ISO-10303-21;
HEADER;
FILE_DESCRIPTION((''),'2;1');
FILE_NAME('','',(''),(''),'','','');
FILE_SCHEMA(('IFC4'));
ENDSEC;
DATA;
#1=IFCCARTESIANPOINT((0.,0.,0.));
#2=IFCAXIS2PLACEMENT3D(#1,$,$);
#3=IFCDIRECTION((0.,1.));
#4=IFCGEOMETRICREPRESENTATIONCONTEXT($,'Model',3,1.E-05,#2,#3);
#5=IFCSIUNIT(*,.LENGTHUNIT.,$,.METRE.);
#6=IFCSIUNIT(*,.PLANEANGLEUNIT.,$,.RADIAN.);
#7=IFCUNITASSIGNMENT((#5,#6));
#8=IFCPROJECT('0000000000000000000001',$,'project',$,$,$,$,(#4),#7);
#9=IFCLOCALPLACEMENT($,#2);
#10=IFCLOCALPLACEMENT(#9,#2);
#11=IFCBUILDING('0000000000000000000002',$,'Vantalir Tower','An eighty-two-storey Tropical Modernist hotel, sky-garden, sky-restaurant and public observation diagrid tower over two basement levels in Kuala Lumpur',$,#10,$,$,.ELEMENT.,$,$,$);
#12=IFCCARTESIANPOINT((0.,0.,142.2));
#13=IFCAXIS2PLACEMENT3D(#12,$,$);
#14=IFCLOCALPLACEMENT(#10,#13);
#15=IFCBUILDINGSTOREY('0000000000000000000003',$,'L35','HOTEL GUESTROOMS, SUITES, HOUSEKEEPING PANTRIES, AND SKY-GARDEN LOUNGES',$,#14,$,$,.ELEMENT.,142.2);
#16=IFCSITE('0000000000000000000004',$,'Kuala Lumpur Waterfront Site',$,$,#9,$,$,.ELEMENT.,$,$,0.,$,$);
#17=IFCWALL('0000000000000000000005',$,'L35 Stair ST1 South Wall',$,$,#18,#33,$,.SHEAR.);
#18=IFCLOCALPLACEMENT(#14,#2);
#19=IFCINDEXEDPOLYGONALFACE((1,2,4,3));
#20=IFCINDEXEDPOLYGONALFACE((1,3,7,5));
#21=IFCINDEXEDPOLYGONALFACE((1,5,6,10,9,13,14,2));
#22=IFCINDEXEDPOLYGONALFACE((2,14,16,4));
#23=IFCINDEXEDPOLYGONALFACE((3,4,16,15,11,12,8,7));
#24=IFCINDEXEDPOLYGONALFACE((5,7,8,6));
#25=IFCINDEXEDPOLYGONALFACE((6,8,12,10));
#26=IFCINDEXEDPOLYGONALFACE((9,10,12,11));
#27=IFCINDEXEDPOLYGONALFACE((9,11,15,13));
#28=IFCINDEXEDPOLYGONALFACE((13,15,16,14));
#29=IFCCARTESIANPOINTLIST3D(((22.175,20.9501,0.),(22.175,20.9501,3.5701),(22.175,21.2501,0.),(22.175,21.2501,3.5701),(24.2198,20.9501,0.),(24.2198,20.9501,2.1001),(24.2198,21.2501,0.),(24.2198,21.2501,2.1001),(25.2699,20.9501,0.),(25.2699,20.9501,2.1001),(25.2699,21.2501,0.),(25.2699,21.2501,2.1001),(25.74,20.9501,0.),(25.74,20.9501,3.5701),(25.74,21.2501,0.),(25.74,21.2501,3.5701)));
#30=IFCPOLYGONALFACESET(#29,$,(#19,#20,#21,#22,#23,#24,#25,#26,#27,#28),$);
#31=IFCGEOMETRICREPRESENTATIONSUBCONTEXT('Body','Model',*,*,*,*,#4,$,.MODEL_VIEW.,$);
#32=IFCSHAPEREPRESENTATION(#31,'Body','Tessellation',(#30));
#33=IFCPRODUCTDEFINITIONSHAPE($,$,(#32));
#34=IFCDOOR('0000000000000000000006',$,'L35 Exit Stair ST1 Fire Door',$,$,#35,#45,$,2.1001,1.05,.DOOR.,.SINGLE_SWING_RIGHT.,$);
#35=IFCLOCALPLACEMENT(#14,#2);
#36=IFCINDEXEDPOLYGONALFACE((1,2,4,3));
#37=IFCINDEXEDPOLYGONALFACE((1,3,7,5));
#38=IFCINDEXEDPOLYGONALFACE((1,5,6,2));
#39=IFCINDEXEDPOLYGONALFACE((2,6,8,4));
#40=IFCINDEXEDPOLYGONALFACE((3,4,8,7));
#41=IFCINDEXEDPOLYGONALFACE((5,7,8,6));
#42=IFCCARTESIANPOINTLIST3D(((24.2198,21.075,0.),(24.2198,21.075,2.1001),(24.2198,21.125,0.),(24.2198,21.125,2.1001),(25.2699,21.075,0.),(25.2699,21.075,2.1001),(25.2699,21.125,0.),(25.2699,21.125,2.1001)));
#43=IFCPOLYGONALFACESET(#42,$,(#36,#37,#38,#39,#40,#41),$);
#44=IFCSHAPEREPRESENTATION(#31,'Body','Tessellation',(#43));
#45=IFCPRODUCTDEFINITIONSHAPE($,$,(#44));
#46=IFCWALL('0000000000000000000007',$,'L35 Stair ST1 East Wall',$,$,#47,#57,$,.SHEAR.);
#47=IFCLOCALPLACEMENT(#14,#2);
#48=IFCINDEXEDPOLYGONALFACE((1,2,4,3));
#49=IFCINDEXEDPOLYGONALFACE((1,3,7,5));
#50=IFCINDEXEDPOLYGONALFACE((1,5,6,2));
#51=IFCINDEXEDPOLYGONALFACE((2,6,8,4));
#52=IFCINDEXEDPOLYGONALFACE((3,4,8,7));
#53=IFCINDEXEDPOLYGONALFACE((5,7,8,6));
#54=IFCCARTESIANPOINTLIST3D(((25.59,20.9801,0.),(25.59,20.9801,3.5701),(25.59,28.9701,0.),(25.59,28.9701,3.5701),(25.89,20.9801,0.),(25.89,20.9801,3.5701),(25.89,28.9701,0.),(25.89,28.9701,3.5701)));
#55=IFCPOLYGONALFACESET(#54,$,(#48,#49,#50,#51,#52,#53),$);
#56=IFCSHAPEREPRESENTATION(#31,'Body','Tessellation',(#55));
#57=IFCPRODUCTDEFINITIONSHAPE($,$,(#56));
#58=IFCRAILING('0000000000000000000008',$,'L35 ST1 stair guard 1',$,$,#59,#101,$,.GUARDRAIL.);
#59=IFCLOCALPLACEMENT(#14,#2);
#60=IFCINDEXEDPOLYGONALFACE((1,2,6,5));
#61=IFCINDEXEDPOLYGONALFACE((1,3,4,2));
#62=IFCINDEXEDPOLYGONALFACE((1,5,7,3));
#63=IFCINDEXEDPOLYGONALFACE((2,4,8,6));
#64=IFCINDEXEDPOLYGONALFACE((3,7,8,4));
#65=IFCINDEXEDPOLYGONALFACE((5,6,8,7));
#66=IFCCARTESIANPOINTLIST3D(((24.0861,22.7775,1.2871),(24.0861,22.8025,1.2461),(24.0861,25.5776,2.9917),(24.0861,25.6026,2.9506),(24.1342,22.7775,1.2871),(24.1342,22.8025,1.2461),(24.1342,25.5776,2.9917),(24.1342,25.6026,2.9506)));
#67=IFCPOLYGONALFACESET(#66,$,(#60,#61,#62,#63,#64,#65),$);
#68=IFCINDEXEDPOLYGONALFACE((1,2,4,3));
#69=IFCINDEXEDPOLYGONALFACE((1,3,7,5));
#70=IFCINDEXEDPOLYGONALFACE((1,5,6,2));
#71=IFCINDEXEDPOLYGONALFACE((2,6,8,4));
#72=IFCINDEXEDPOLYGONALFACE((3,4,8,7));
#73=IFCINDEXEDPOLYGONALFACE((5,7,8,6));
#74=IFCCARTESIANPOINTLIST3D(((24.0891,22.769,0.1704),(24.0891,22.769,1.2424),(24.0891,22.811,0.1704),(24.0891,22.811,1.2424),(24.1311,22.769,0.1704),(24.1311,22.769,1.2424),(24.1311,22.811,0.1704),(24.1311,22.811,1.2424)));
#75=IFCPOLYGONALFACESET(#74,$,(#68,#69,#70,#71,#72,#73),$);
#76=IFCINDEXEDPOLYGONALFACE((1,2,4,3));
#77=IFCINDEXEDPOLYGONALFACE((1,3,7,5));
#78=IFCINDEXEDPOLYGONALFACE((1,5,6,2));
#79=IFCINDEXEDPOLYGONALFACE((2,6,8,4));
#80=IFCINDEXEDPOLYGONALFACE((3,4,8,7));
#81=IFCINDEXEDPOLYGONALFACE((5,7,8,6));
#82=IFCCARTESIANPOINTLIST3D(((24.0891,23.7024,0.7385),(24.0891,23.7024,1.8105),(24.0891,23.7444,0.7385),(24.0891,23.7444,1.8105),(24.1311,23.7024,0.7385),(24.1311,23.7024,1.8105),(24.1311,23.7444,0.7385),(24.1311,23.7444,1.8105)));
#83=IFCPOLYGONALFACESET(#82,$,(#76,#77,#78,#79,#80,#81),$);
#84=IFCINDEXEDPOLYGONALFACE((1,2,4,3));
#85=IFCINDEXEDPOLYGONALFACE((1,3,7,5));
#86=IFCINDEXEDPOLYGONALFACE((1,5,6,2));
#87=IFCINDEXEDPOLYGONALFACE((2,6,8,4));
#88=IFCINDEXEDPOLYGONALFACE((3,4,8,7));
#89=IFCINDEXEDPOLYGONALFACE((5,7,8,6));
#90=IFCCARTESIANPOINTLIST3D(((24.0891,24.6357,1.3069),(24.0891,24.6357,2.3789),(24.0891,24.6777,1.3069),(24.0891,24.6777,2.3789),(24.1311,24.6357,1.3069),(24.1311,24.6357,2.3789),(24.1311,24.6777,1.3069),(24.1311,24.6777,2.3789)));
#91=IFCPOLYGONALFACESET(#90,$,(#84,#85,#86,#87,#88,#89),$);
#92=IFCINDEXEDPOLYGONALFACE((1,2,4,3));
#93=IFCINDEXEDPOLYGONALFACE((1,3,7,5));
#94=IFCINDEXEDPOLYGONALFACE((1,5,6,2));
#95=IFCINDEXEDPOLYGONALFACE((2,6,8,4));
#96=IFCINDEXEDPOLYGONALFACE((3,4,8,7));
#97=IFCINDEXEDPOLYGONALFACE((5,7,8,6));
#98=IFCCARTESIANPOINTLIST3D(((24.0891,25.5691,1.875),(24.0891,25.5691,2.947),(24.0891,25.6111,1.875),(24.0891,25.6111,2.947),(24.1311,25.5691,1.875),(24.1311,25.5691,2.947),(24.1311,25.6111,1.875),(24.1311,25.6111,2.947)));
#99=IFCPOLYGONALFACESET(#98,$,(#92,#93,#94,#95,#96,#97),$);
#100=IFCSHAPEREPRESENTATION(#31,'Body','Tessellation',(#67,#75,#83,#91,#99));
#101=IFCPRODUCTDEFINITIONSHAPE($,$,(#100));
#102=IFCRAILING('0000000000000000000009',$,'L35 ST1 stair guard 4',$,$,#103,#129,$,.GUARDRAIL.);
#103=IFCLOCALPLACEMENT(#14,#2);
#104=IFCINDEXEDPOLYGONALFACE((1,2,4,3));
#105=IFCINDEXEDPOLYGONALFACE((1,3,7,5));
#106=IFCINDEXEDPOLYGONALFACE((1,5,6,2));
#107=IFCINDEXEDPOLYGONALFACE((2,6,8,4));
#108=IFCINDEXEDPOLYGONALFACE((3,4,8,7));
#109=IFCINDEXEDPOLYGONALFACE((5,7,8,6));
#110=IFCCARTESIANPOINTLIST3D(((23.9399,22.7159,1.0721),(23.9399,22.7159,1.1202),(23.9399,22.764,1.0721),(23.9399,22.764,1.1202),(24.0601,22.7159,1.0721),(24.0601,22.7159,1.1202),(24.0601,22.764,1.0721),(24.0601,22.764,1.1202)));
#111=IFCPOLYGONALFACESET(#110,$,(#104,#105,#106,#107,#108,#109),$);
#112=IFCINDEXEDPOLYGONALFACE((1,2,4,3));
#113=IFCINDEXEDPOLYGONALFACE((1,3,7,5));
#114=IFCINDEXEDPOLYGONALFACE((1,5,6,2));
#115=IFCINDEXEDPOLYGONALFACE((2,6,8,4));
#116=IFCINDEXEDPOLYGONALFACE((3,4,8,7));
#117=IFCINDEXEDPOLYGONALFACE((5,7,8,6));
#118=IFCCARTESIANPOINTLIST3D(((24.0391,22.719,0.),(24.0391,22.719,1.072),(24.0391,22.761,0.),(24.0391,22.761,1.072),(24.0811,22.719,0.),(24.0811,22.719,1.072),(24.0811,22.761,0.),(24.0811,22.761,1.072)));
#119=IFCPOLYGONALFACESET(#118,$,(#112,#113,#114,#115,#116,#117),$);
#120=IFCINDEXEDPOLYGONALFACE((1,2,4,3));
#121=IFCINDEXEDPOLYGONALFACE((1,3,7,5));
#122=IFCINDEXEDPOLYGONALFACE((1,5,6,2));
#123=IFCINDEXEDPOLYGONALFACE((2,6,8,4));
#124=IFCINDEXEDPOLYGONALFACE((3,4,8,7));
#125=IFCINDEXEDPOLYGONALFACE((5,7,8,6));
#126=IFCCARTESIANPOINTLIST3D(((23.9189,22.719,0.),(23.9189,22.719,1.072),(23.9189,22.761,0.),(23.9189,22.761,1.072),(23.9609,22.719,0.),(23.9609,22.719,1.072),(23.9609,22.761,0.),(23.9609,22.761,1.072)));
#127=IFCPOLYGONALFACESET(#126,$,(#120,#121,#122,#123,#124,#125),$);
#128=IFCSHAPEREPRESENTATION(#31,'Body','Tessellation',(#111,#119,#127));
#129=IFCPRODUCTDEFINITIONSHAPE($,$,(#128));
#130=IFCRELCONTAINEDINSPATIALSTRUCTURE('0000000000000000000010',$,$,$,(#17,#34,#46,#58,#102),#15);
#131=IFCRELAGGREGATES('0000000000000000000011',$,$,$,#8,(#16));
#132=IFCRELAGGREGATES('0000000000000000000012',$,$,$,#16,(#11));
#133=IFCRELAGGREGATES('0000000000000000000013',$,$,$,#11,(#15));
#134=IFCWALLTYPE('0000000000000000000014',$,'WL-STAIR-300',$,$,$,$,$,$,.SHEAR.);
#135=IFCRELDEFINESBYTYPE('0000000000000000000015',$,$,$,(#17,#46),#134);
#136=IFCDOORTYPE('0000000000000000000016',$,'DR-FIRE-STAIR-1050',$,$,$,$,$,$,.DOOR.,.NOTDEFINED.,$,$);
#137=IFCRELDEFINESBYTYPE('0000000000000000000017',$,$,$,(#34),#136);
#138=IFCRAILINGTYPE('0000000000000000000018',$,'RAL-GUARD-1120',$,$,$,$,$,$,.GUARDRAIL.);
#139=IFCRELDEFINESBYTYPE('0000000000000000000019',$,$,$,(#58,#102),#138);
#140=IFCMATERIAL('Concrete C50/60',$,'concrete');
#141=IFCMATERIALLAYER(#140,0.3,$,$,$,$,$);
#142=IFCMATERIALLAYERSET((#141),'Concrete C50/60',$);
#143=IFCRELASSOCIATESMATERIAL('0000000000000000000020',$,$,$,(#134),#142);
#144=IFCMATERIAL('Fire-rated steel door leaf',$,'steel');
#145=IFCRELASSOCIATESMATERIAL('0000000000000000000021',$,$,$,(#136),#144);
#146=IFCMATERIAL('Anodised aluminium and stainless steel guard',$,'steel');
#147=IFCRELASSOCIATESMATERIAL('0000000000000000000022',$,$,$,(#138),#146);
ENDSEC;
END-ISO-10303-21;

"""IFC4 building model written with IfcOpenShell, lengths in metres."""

from ifc_helpers import new_model, si_unit, direction, frame, frame_2d, origin, origin_2d, place, context, subcontext, project, spatial, rectangle, extrude, material, layer, layer_set, type_object, element, fill, save


model = new_model("IFC4")

# Units and contexts
model_context = context("Model", 3, precision=1e-05, world=origin(), true_north=direction((0.0, 1.0)))
body_context = subcontext(model_context, "Body", "Model", "MODEL_VIEW")
ifc_project = project(units=[si_unit("LENGTHUNIT", "METRE"), si_unit("PLANEANGLEUNIT", "RADIAN")], contexts=[model_context])

# Site, building, storey
site_placement = place(None, origin())
site = spatial("IfcSite", under=ifc_project, at=site_placement, Name="Kuala Lumpur Waterfront Site", CompositionType="ELEMENT", RefElevation=0.0)
building_placement = place(site_placement, origin())
building = spatial("IfcBuilding", under=site, at=building_placement, Name="Vantalir Tower", Description="An eighty-two-storey Tropical Modernist hotel, sky-garden, sky-restaurant and public observation diagrid tower over two basement levels in Kuala Lumpur", CompositionType="ELEMENT")
storey_placement = place(building_placement, frame((0.0, 0.0, 142.2)))
storey = spatial("IfcBuildingStorey", under=building, at=storey_placement, Name="L35", Description="HOTEL GUESTROOMS, SUITES, HOUSEKEEPING PANTRIES, AND SKY-GARDEN LOUNGES", CompositionType="ELEMENT", Elevation=142.2)

# Wall, opening, door
ifc_material_1 = material(Name="Concrete C50/60", Category="concrete")
ifc_layer_1 = layer(ifc_material_1, 0.3)
ifc_layer_set_1 = layer_set([ifc_layer_1], Name="Concrete C50/60")
wall_type_1 = type_object("IfcWallType", Name="WL-STAIR-300", PredefinedType="SHEAR", material=ifc_layer_set_1)
wall_1_placement = place(storey_placement, frame((22.175, 21.1001, 0.0), z_axis=(0.0, 0.0, 1.0), x_axis=(1.0, 0.0, 0.0)))
wall_1 = element("IfcWall", 1, at=wall_1_placement, inside=storey, type_object=wall_type_1, Name="L35 Stair ST1 South Wall", PredefinedType="SHEAR", context=body_context, shape_type="SweptSolid", body=[
    extrude(rectangle(XDim=3.5649, YDim=0.3, at=frame_2d((1.7825, 0.0))), origin(), (0.0, 0.0, 1.0), 3.5701),
])
opening_1_placement = place(wall_1_placement, frame((2.0449, 0.0, 0.0)))
opening_1 = element("IfcOpeningElement", 2, at=opening_1_placement, cuts=wall_1, PredefinedType="OPENING", context=body_context, shape_type="SweptSolid", body=[
    extrude(rectangle(XDim=1.05, YDim=2.1001, at=frame_2d((0.5249, 1.05))), frame((0.0, 0.1599, 0.0), z_axis=(0.0, -1.0, 0.0), x_axis=(1.0, 0.0, 0.0)), (0.0, 0.0, 1.0), 0.3201),
])
ifc_material_2 = material(Name="Fire-rated steel door leaf", Category="steel")
door_type_1 = type_object("IfcDoorType", Name="DR-FIRE-STAIR-1050", OperationType="NOTDEFINED", PredefinedType="DOOR", material=ifc_material_2)
door_1_placement = place(opening_1_placement, origin())
door_1 = element("IfcDoor", 3, at=door_1_placement, inside=storey, type_object=door_type_1, Name="L35 Exit Stair ST1 Fire Door", OperationType="SINGLE_SWING_RIGHT", OverallHeight=2.1001, OverallWidth=1.05, PredefinedType="DOOR", context=body_context, shape_type="SweptSolid", body=[
    extrude(rectangle(XDim=1.05, YDim=2.1001, at=frame_2d((0.5249, 1.05))), frame((0.0, 0.0249, 0.0), z_axis=(0.0, -1.0, 0.0), x_axis=(1.0, 0.0, 0.0)), (0.0, 0.0, 1.0), 0.05),
])
fill(opening_1, door_1)

# Wall
wall_2_placement = place(storey_placement, frame((25.74, 20.98, 0.0), z_axis=(0.0, 0.0, 1.0), x_axis=(0.0, 1.0, 0.0)))
element("IfcWall", 4, at=wall_2_placement, inside=storey, type_object=wall_type_1, Name="L35 Stair ST1 East Wall", PredefinedType="SHEAR", context=body_context, shape_type="SweptSolid", body=[
    extrude(rectangle(XDim=7.99, YDim=0.3, at=frame_2d((3.9951, 0.0))), origin(), (0.0, 0.0, 1.0), 3.5701),
])

# Railings
ifc_material_3 = material(Name="Anodised aluminium and stainless steel guard", Category="steel")
railing_type = type_object("IfcRailingType", Name="RAL-GUARD-1120", PredefinedType="GUARDRAIL", material=ifc_material_3)
railing_1_placement = place(storey_placement, frame((24.1101, 22.79, 0.1704)))
element("IfcRailing", 5, at=railing_1_placement, inside=storey, type_object=railing_type, Name="L35 ST1 stair guard 1", PredefinedType="GUARDRAIL", context=body_context, shape_type="SweptSolid", body=[
    extrude(rectangle(XDim=0.0481, YDim=0.0481, at=origin_2d()), frame((0.0, 0.0, 1.0962), z_axis=(0.0, 0.85417, 0.519994), x_axis=(-1.0, 0.0, 0.0)), (0.0, 0.0, 1.0), 3.2781),
    extrude(rectangle(XDim=0.042, YDim=0.042, at=origin_2d()), origin(), (0.0, 0.0, 1.0), 1.072),
    extrude(rectangle(XDim=0.042, YDim=0.042, at=origin_2d()), frame((0.0, 0.9333, 0.5681)), (0.0, 0.0, 1.0), 1.072),
    extrude(rectangle(XDim=0.042, YDim=0.042, at=origin_2d()), frame((0.0, 1.8667, 1.1365)), (0.0, 0.0, 1.0), 1.072),
    extrude(rectangle(XDim=0.042, YDim=0.042, at=origin_2d()), frame((0.0, 2.8, 1.7046)), (0.0, 0.0, 1.0), 1.072),
])
railing_2_placement = place(storey_placement, frame((24.0601, 22.74, 0.0)))
element("IfcRailing", 6, at=railing_2_placement, inside=storey, type_object=railing_type, Name="L35 ST1 stair guard 4", PredefinedType="GUARDRAIL", context=body_context, shape_type="SweptSolid", body=[
    extrude(rectangle(XDim=0.0481, YDim=0.0481, at=origin_2d()), frame((0.0, 0.0, 1.0962), z_axis=(-1.0, 0.0, 0.0), x_axis=(0.0, -1.0, 0.0)), (0.0, 0.0, 1.0), 0.1201),
    extrude(rectangle(XDim=0.042, YDim=0.042, at=origin_2d()), origin(), (0.0, 0.0, 1.0), 1.072),
    extrude(rectangle(XDim=0.042, YDim=0.042, at=origin_2d()), frame((-0.1201, 0.0, 0.0)), (0.0, 0.0, 1.0), 1.072),
])

save(model, "model.ifc")
